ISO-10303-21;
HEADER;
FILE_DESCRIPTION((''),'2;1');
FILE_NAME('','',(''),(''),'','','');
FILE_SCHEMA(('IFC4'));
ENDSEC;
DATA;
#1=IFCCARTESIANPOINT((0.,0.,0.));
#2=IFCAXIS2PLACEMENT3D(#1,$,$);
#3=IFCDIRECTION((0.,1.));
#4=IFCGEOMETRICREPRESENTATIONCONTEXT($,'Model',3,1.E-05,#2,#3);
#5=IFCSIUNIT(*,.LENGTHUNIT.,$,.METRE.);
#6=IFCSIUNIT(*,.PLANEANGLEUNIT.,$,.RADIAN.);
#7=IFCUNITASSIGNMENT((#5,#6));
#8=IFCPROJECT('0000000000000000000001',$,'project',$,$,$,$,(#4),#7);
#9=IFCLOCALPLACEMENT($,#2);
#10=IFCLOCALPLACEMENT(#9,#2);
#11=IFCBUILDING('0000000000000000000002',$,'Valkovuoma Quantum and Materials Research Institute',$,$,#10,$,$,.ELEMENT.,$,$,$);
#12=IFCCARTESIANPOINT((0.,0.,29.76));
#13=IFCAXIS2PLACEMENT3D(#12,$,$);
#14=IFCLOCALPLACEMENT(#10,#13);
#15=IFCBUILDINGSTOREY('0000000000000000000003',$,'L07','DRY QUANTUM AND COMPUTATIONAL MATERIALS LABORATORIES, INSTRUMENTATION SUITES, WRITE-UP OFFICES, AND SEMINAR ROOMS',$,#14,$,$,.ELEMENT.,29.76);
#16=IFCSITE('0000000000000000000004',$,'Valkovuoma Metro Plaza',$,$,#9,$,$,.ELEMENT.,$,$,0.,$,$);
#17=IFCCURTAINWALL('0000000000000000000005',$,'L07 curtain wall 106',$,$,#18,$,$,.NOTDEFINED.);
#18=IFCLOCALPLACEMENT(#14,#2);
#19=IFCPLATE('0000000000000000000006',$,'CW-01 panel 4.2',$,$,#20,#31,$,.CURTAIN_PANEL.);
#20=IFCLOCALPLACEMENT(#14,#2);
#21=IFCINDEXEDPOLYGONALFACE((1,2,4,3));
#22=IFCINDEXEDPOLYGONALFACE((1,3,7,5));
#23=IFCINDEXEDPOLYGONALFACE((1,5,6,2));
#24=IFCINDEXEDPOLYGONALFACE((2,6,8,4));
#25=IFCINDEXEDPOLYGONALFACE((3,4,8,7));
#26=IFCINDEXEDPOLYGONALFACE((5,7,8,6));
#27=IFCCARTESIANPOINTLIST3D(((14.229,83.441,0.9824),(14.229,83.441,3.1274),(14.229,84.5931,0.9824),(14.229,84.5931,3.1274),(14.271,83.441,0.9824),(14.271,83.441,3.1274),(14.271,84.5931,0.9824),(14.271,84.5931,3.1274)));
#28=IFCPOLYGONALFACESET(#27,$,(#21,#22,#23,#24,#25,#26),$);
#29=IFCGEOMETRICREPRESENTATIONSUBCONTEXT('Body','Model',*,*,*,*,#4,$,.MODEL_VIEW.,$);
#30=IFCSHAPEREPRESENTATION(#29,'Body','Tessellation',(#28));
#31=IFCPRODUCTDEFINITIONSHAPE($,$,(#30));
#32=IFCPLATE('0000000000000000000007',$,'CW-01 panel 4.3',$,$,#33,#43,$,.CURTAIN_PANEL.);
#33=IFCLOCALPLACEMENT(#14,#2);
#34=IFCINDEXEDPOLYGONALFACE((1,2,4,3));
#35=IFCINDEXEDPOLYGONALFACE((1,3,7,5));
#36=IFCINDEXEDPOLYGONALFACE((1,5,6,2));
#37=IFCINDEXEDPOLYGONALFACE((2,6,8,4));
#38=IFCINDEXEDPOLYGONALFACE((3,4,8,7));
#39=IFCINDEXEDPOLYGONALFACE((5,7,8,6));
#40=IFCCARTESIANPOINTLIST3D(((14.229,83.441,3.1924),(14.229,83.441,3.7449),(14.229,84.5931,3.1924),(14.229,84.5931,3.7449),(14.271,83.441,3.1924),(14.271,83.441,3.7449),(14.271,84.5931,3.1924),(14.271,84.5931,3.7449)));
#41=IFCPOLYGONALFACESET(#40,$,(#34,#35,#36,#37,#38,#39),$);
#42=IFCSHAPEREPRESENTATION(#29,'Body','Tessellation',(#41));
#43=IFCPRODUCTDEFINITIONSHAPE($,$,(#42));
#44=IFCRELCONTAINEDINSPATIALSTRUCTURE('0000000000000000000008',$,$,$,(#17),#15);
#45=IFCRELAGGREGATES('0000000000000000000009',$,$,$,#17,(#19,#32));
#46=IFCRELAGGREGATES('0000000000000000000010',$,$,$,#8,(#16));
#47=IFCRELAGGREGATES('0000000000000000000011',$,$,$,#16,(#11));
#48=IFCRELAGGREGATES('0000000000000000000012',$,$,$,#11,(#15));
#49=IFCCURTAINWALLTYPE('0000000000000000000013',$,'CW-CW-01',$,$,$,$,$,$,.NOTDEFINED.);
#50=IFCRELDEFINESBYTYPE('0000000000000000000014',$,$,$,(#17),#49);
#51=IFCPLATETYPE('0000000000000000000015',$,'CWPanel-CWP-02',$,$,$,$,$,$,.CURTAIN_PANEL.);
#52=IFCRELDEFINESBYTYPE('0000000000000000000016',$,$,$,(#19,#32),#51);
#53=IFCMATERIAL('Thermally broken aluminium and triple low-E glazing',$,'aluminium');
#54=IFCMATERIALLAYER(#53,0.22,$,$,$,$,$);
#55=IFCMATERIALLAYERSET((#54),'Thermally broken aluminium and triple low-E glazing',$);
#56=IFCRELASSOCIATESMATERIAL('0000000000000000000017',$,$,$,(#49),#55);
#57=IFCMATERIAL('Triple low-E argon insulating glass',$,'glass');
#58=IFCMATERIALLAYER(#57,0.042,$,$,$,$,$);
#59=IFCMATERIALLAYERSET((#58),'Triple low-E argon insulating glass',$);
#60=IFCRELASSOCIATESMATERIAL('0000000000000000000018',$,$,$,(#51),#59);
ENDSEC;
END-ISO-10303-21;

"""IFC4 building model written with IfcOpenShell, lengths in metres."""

from ifc_helpers import new_model, si_unit, direction, frame, origin, origin_2d, place, context, subcontext, project, spatial, rectangle, extrude, material, layer, layer_set, type_object, element, aggregate, save


model = new_model("IFC4")

# Units and contexts
model_context = context("Model", 3, precision=1e-05, world=origin(), true_north=direction((0.0, 1.0)))
body_context = subcontext(model_context, "Body", "Model", "MODEL_VIEW")
ifc_project = project(units=[si_unit("LENGTHUNIT", "METRE"), si_unit("PLANEANGLEUNIT", "RADIAN")], contexts=[model_context])

# Site, building, storey
site_placement = place(None, origin())
site = spatial("IfcSite", under=ifc_project, at=site_placement, Name="Valkovuoma Metro Plaza", CompositionType="ELEMENT", RefElevation=0.0)
building_placement = place(site_placement, origin())
building = spatial("IfcBuilding", under=site, at=building_placement, Name="Valkovuoma Quantum and Materials Research Institute", CompositionType="ELEMENT")
storey_placement = place(building_placement, frame((0.0, 0.0, 29.76)))
storey = spatial("IfcBuildingStorey", under=building, at=storey_placement, Name="L07", Description="DRY QUANTUM AND COMPUTATIONAL MATERIALS LABORATORIES, INSTRUMENTATION SUITES, WRITE-UP OFFICES, AND SEMINAR ROOMS", CompositionType="ELEMENT", Elevation=29.76)

# Curtain wall, plates
ifc_material_1 = material(Name="Thermally broken aluminium and triple low-E glazing", Category="aluminium")
ifc_layer_1 = layer(ifc_material_1, 0.22)
ifc_layer_set_1 = layer_set([ifc_layer_1], Name="Thermally broken aluminium and triple low-E glazing")
curtain_wall_type = type_object("IfcCurtainWallType", Name="CW-CW-01", PredefinedType="NOTDEFINED", material=ifc_layer_set_1)
curtain_wall_placement = place(storey_placement, origin())
curtain_wall = element("IfcCurtainWall", 1, at=curtain_wall_placement, inside=storey, type_object=curtain_wall_type, Name="L07 curtain wall 106", PredefinedType="NOTDEFINED")
ifc_material_2 = material(Name="Triple low-E argon insulating glass", Category="glass")
ifc_layer_2 = layer(ifc_material_2, 0.042)
ifc_layer_set_2 = layer_set([ifc_layer_2], Name="Triple low-E argon insulating glass")
plate_type = type_object("IfcPlateType", Name="CWPanel-CWP-02", PredefinedType="CURTAIN_PANEL", material=ifc_layer_set_2)
plate_1_placement = place(storey_placement, frame((14.25, 84.0171, 0.9824), z_axis=(0.0, 0.0, 1.0), x_axis=(0.0, 1.0, 0.0)))
plate_1 = element("IfcPlate", 2, at=plate_1_placement, type_object=plate_type, Name="CW-01 panel 4.2", PredefinedType="CURTAIN_PANEL", context=body_context, shape_type="SweptSolid", body=[
    extrude(rectangle(XDim=1.1521, YDim=0.042, at=origin_2d()), origin(), (0.0, 0.0, 1.0), 2.145),
])
plate_2_placement = place(storey_placement, frame((14.25, 84.0171, 3.1924), z_axis=(0.0, 0.0, 1.0), x_axis=(0.0, 1.0, 0.0)))
plate_2 = element("IfcPlate", 3, at=plate_2_placement, type_object=plate_type, Name="CW-01 panel 4.3", PredefinedType="CURTAIN_PANEL", context=body_context, shape_type="SweptSolid", body=[
    extrude(rectangle(XDim=1.1521, YDim=0.042, at=origin_2d()), origin(), (0.0, 0.0, 1.0), 0.5525),
])
aggregate(curtain_wall, [plate_1, plate_2])

save(model, "model.ifc")
